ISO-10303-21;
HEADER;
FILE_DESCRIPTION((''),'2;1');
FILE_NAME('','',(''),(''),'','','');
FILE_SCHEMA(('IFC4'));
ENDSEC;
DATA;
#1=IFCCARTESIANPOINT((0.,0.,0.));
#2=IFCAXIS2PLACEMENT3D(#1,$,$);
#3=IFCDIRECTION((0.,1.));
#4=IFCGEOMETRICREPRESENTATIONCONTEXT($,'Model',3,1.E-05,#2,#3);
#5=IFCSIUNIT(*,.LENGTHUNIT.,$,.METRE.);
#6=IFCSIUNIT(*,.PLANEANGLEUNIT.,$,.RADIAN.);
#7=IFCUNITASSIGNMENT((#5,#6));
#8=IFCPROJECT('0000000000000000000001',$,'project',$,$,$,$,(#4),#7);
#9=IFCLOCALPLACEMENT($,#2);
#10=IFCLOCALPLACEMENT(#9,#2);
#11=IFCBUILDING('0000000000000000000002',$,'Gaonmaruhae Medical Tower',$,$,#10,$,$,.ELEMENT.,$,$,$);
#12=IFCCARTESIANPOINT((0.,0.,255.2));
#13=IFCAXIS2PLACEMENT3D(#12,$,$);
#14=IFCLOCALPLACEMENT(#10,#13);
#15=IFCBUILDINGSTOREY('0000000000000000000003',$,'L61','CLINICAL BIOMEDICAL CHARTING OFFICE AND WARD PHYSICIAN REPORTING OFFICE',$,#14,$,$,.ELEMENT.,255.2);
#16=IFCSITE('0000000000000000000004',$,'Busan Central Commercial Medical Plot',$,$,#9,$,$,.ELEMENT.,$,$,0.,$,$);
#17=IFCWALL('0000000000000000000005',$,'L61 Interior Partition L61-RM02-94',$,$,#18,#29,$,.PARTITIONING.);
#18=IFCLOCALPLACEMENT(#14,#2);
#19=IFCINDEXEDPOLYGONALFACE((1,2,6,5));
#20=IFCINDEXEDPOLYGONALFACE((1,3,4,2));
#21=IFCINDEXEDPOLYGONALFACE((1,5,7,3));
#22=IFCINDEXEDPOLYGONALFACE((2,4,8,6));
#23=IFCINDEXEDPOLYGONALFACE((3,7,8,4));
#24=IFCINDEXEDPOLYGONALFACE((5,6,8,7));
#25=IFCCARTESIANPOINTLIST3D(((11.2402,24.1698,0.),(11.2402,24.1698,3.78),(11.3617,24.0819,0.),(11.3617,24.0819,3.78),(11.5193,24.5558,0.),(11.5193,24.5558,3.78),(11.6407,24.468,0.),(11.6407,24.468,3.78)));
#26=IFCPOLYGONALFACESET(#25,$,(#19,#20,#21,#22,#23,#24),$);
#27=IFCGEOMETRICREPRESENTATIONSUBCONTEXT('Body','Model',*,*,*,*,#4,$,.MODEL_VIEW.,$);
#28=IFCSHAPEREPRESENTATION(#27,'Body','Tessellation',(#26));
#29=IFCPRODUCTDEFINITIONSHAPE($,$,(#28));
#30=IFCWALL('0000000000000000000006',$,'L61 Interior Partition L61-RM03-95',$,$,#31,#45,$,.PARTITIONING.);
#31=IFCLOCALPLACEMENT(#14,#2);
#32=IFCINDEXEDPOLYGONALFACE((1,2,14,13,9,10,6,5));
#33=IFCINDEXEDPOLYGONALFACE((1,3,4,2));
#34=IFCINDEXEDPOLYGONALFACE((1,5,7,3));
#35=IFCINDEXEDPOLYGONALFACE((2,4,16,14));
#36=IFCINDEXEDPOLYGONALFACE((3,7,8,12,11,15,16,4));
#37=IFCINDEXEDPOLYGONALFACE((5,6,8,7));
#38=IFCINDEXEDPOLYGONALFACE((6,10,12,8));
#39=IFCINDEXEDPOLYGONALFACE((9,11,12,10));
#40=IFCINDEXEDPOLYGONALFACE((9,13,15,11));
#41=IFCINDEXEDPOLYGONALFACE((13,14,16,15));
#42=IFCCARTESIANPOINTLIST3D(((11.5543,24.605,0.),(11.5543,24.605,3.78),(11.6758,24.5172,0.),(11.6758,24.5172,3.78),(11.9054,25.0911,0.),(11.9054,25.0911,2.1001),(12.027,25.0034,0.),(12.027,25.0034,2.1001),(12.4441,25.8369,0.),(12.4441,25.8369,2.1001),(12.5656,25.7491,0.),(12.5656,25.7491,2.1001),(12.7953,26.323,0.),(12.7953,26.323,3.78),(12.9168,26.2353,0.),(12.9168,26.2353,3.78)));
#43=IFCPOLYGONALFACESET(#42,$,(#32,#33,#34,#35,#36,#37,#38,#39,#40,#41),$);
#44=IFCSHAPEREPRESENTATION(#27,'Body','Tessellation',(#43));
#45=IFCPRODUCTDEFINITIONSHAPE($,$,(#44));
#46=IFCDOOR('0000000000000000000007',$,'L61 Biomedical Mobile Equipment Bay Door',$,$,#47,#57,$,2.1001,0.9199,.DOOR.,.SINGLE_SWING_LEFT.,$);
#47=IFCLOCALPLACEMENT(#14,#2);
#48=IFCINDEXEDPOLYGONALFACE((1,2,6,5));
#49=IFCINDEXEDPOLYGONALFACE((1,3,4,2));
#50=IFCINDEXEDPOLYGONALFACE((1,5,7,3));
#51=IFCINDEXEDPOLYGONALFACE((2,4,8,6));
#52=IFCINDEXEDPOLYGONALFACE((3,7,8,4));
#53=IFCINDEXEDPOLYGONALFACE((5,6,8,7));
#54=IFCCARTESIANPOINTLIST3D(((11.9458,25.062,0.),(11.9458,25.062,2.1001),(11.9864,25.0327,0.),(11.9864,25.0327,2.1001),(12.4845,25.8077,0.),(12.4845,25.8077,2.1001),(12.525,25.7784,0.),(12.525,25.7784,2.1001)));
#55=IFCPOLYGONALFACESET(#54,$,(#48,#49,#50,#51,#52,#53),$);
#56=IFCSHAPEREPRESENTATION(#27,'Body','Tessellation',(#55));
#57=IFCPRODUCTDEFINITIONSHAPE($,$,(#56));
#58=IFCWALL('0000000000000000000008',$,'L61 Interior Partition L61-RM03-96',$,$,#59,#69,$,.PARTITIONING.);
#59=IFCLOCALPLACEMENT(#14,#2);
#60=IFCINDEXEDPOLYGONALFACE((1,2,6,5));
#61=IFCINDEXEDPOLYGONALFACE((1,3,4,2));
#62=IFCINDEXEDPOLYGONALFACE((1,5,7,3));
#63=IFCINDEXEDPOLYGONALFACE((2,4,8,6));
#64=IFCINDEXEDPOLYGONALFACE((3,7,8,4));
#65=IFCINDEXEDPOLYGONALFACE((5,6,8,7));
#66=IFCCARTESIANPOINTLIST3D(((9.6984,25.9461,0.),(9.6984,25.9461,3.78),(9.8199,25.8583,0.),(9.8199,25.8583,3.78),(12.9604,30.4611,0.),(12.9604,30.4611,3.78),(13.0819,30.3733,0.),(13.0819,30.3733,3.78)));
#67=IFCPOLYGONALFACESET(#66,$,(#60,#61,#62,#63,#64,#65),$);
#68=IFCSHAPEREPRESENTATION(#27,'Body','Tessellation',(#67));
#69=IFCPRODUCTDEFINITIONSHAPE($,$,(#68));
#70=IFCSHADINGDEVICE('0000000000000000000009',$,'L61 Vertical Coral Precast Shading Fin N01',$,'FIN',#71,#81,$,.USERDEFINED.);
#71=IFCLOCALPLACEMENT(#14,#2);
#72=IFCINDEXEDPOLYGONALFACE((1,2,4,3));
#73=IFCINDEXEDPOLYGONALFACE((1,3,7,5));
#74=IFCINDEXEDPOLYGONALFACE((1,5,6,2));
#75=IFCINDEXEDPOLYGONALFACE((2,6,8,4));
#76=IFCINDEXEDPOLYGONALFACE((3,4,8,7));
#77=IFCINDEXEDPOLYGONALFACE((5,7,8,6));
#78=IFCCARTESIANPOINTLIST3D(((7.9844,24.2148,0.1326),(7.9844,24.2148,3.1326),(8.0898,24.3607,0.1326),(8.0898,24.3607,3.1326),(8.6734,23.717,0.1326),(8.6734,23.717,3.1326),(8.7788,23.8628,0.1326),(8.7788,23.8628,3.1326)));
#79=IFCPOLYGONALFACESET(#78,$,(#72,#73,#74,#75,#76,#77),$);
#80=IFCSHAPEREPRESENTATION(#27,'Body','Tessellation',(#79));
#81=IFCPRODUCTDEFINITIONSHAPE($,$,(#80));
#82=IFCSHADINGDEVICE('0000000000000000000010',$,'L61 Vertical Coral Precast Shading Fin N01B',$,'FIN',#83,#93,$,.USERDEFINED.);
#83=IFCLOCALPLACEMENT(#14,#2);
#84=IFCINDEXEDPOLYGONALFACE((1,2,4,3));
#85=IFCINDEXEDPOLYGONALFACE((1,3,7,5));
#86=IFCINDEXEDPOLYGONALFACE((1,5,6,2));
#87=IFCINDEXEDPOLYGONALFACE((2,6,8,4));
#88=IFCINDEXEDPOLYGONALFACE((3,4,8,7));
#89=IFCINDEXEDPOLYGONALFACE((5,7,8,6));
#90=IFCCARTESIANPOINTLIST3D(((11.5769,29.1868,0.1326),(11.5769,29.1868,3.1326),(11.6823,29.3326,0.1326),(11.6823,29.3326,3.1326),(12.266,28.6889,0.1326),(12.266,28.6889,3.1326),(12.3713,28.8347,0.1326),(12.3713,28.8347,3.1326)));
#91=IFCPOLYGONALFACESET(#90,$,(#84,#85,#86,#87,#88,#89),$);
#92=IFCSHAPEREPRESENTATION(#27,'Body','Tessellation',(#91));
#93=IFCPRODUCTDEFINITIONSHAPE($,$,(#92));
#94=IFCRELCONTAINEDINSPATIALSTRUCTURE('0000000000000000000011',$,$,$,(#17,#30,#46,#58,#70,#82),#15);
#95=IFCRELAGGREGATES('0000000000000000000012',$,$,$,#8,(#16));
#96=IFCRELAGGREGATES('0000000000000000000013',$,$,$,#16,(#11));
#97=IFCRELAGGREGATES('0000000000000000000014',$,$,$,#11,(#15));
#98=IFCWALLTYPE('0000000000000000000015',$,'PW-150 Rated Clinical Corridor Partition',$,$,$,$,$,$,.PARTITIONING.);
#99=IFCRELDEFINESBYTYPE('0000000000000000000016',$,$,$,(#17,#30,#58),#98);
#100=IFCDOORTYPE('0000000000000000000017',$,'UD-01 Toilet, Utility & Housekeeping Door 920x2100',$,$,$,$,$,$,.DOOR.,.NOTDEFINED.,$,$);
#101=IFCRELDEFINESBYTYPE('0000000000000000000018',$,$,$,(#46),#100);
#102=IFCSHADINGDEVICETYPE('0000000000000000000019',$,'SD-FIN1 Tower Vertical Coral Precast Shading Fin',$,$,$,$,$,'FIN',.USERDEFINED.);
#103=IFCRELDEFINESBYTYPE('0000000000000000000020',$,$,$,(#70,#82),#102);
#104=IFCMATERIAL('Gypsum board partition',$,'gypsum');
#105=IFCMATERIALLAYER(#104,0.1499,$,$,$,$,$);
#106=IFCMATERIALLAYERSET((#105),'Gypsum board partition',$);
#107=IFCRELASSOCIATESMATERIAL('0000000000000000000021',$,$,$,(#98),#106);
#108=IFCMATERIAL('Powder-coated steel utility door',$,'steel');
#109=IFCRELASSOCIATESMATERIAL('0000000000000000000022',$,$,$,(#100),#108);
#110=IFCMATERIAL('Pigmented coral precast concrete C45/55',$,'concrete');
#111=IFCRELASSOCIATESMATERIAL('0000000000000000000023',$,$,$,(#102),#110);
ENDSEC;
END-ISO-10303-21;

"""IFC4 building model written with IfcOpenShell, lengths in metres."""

from ifc_helpers import new_model, si_unit, direction, frame, frame_2d, origin, origin_2d, place, context, subcontext, project, spatial, rectangle, extrude, material, layer, layer_set, type_object, element, fill, save


model = new_model("IFC4")

# Units and contexts
model_context = context("Model", 3, precision=1e-05, world=origin(), true_north=direction((0.0, 1.0)))
body_context = subcontext(model_context, "Body", "Model", "MODEL_VIEW")
ifc_project = project(units=[si_unit("LENGTHUNIT", "METRE"), si_unit("PLANEANGLEUNIT", "RADIAN")], contexts=[model_context])

# Site, building, storey
site_placement = place(None, origin())
site = spatial("IfcSite", under=ifc_project, at=site_placement, Name="Busan Central Commercial Medical Plot", CompositionType="ELEMENT", RefElevation=0.0)
building_placement = place(site_placement, origin())
building = spatial("IfcBuilding", under=site, at=building_placement, Name="Gaonmaruhae Medical Tower", CompositionType="ELEMENT")
storey_placement = place(building_placement, frame((0.0, 0.0, 255.2)))
storey = spatial("IfcBuildingStorey", under=building, at=storey_placement, Name="L61", Description="CLINICAL BIOMEDICAL CHARTING OFFICE AND WARD PHYSICIAN REPORTING OFFICE", CompositionType="ELEMENT", Elevation=255.2)

# Shared definitions
ifc_material_1 = material(Name="Gypsum board partition", Category="gypsum")
ifc_layer_1 = layer(ifc_material_1, 0.1499)
ifc_layer_set_1 = layer_set([ifc_layer_1], Name="Gypsum board partition")
wall_type_1 = type_object("IfcWallType", Name="PW-150 Rated Clinical Corridor Partition", PredefinedType="PARTITIONING", material=ifc_layer_set_1)

# Wall
wall_1_placement = place(storey_placement, frame((11.5801, 24.512, 0.0), z_axis=(0.0, 0.0, 1.0), x_axis=(-0.585884, -0.810395, 0.0)))
element("IfcWall", 1, at=wall_1_placement, inside=storey, type_object=wall_type_1, Name="L61 Interior Partition L61-RM02-94", PredefinedType="PARTITIONING", context=body_context, shape_type="SweptSolid", body=[
    extrude(rectangle(XDim=0.4763, YDim=0.1499, at=frame_2d((0.2383, 0.0))), origin(), (0.0, 0.0, 1.0), 3.78),
])

# Wall, opening, door
wall_2_placement = place(storey_placement, frame((12.856, 26.2791, 0.0), z_axis=(0.0, 0.0, 1.0), x_axis=(-0.585545, -0.81064, 0.0)))
wall_2 = element("IfcWall", 2, at=wall_2_placement, inside=storey, type_object=wall_type_1, Name="L61 Interior Partition L61-RM03-95", PredefinedType="PARTITIONING", context=body_context, shape_type="SweptSolid", body=[
    extrude(rectangle(XDim=2.1194, YDim=0.1499, at=frame_2d((1.0596, 0.0))), origin(), (0.0, 0.0, 1.0), 3.78),
])
opening_1_placement = place(wall_2_placement, frame((0.5996, 0.0, 0.0)))
opening_1 = element("IfcOpeningElement", 3, at=opening_1_placement, cuts=wall_2, PredefinedType="OPENING", context=body_context, shape_type="SweptSolid", body=[
    extrude(rectangle(XDim=0.9199, YDim=2.1001, at=frame_2d((0.46, 1.05))), frame((0.0, 0.085, 0.0), z_axis=(0.0, -1.0, 0.0), x_axis=(1.0, 0.0, 0.0)), (0.0, 0.0, 1.0), 0.1699),
])
ifc_material_2 = material(Name="Powder-coated steel utility door", Category="steel")
door_type_1 = type_object("IfcDoorType", Name="UD-01 Toilet, Utility & Housekeeping Door 920x2100", OperationType="NOTDEFINED", PredefinedType="DOOR", material=ifc_material_2)
door_1_placement = place(opening_1_placement, origin())
door_1 = element("IfcDoor", 4, at=door_1_placement, inside=storey, type_object=door_type_1, Name="L61 Biomedical Mobile Equipment Bay Door", OperationType="SINGLE_SWING_LEFT", OverallHeight=2.1001, OverallWidth=0.9199, PredefinedType="DOOR", context=body_context, shape_type="SweptSolid", body=[
    extrude(rectangle(XDim=0.9199, YDim=2.1001, at=frame_2d((0.46, 1.05))), frame((0.0, 0.0249, 0.0), z_axis=(0.0, -1.0, 0.0), x_axis=(1.0, 0.0, 0.0)), (0.0, 0.0, 1.0), 0.05),
])
fill(opening_1, door_1)

# Wall
wall_3_placement = place(storey_placement, frame((9.759, 25.9021, 0.0), z_axis=(0.0, 0.0, 1.0), x_axis=(0.585633, 0.810576, 0.0)))
element("IfcWall", 5, at=wall_3_placement, inside=storey, type_object=wall_type_1, Name="L61 Interior Partition L61-RM03-96", PredefinedType="PARTITIONING", context=body_context, shape_type="SweptSolid", body=[
    extrude(rectangle(XDim=5.5701, YDim=0.1499, at=frame_2d((2.7852, 0.0))), origin(), (0.0, 0.0, 1.0), 3.78),
])

# Shading devices
ifc_material_3 = material(Name="Pigmented coral precast concrete C45/55", Category="concrete")
shading_device_type = type_object("IfcShadingDeviceType", Name="SD-FIN1 Tower Vertical Coral Precast Shading Fin", ElementType="FIN", PredefinedType="USERDEFINED", material=ifc_material_3)
for number, where, z_axis, x_axis, name in (
    (6, (8.3816, 24.0388, 0.1326), (0.0, 0.0, 1.0), (0.585665, 0.810553, 0.0), "L61 Vertical Coral Precast Shading Fin N01"),
    (7, (11.9741, 29.0107, 0.1326), (0.0, 0.0, 1.0), (0.585665, 0.810553, 0.0), "L61 Vertical Coral Precast Shading Fin N01B"),
):
    element("IfcShadingDevice", number, at=place(storey_placement, frame(where, z_axis=z_axis, x_axis=x_axis)), inside=storey, type_object=shading_device_type, Name=name, ObjectType="FIN", PredefinedType="USERDEFINED", context=body_context, shape_type="SweptSolid", body=[
        extrude(rectangle(XDim=0.1799, YDim=0.8501, at=origin_2d()), origin(), (0.0, 0.0, 1.0), 3.0),
    ])

save(model, "model.ifc")
